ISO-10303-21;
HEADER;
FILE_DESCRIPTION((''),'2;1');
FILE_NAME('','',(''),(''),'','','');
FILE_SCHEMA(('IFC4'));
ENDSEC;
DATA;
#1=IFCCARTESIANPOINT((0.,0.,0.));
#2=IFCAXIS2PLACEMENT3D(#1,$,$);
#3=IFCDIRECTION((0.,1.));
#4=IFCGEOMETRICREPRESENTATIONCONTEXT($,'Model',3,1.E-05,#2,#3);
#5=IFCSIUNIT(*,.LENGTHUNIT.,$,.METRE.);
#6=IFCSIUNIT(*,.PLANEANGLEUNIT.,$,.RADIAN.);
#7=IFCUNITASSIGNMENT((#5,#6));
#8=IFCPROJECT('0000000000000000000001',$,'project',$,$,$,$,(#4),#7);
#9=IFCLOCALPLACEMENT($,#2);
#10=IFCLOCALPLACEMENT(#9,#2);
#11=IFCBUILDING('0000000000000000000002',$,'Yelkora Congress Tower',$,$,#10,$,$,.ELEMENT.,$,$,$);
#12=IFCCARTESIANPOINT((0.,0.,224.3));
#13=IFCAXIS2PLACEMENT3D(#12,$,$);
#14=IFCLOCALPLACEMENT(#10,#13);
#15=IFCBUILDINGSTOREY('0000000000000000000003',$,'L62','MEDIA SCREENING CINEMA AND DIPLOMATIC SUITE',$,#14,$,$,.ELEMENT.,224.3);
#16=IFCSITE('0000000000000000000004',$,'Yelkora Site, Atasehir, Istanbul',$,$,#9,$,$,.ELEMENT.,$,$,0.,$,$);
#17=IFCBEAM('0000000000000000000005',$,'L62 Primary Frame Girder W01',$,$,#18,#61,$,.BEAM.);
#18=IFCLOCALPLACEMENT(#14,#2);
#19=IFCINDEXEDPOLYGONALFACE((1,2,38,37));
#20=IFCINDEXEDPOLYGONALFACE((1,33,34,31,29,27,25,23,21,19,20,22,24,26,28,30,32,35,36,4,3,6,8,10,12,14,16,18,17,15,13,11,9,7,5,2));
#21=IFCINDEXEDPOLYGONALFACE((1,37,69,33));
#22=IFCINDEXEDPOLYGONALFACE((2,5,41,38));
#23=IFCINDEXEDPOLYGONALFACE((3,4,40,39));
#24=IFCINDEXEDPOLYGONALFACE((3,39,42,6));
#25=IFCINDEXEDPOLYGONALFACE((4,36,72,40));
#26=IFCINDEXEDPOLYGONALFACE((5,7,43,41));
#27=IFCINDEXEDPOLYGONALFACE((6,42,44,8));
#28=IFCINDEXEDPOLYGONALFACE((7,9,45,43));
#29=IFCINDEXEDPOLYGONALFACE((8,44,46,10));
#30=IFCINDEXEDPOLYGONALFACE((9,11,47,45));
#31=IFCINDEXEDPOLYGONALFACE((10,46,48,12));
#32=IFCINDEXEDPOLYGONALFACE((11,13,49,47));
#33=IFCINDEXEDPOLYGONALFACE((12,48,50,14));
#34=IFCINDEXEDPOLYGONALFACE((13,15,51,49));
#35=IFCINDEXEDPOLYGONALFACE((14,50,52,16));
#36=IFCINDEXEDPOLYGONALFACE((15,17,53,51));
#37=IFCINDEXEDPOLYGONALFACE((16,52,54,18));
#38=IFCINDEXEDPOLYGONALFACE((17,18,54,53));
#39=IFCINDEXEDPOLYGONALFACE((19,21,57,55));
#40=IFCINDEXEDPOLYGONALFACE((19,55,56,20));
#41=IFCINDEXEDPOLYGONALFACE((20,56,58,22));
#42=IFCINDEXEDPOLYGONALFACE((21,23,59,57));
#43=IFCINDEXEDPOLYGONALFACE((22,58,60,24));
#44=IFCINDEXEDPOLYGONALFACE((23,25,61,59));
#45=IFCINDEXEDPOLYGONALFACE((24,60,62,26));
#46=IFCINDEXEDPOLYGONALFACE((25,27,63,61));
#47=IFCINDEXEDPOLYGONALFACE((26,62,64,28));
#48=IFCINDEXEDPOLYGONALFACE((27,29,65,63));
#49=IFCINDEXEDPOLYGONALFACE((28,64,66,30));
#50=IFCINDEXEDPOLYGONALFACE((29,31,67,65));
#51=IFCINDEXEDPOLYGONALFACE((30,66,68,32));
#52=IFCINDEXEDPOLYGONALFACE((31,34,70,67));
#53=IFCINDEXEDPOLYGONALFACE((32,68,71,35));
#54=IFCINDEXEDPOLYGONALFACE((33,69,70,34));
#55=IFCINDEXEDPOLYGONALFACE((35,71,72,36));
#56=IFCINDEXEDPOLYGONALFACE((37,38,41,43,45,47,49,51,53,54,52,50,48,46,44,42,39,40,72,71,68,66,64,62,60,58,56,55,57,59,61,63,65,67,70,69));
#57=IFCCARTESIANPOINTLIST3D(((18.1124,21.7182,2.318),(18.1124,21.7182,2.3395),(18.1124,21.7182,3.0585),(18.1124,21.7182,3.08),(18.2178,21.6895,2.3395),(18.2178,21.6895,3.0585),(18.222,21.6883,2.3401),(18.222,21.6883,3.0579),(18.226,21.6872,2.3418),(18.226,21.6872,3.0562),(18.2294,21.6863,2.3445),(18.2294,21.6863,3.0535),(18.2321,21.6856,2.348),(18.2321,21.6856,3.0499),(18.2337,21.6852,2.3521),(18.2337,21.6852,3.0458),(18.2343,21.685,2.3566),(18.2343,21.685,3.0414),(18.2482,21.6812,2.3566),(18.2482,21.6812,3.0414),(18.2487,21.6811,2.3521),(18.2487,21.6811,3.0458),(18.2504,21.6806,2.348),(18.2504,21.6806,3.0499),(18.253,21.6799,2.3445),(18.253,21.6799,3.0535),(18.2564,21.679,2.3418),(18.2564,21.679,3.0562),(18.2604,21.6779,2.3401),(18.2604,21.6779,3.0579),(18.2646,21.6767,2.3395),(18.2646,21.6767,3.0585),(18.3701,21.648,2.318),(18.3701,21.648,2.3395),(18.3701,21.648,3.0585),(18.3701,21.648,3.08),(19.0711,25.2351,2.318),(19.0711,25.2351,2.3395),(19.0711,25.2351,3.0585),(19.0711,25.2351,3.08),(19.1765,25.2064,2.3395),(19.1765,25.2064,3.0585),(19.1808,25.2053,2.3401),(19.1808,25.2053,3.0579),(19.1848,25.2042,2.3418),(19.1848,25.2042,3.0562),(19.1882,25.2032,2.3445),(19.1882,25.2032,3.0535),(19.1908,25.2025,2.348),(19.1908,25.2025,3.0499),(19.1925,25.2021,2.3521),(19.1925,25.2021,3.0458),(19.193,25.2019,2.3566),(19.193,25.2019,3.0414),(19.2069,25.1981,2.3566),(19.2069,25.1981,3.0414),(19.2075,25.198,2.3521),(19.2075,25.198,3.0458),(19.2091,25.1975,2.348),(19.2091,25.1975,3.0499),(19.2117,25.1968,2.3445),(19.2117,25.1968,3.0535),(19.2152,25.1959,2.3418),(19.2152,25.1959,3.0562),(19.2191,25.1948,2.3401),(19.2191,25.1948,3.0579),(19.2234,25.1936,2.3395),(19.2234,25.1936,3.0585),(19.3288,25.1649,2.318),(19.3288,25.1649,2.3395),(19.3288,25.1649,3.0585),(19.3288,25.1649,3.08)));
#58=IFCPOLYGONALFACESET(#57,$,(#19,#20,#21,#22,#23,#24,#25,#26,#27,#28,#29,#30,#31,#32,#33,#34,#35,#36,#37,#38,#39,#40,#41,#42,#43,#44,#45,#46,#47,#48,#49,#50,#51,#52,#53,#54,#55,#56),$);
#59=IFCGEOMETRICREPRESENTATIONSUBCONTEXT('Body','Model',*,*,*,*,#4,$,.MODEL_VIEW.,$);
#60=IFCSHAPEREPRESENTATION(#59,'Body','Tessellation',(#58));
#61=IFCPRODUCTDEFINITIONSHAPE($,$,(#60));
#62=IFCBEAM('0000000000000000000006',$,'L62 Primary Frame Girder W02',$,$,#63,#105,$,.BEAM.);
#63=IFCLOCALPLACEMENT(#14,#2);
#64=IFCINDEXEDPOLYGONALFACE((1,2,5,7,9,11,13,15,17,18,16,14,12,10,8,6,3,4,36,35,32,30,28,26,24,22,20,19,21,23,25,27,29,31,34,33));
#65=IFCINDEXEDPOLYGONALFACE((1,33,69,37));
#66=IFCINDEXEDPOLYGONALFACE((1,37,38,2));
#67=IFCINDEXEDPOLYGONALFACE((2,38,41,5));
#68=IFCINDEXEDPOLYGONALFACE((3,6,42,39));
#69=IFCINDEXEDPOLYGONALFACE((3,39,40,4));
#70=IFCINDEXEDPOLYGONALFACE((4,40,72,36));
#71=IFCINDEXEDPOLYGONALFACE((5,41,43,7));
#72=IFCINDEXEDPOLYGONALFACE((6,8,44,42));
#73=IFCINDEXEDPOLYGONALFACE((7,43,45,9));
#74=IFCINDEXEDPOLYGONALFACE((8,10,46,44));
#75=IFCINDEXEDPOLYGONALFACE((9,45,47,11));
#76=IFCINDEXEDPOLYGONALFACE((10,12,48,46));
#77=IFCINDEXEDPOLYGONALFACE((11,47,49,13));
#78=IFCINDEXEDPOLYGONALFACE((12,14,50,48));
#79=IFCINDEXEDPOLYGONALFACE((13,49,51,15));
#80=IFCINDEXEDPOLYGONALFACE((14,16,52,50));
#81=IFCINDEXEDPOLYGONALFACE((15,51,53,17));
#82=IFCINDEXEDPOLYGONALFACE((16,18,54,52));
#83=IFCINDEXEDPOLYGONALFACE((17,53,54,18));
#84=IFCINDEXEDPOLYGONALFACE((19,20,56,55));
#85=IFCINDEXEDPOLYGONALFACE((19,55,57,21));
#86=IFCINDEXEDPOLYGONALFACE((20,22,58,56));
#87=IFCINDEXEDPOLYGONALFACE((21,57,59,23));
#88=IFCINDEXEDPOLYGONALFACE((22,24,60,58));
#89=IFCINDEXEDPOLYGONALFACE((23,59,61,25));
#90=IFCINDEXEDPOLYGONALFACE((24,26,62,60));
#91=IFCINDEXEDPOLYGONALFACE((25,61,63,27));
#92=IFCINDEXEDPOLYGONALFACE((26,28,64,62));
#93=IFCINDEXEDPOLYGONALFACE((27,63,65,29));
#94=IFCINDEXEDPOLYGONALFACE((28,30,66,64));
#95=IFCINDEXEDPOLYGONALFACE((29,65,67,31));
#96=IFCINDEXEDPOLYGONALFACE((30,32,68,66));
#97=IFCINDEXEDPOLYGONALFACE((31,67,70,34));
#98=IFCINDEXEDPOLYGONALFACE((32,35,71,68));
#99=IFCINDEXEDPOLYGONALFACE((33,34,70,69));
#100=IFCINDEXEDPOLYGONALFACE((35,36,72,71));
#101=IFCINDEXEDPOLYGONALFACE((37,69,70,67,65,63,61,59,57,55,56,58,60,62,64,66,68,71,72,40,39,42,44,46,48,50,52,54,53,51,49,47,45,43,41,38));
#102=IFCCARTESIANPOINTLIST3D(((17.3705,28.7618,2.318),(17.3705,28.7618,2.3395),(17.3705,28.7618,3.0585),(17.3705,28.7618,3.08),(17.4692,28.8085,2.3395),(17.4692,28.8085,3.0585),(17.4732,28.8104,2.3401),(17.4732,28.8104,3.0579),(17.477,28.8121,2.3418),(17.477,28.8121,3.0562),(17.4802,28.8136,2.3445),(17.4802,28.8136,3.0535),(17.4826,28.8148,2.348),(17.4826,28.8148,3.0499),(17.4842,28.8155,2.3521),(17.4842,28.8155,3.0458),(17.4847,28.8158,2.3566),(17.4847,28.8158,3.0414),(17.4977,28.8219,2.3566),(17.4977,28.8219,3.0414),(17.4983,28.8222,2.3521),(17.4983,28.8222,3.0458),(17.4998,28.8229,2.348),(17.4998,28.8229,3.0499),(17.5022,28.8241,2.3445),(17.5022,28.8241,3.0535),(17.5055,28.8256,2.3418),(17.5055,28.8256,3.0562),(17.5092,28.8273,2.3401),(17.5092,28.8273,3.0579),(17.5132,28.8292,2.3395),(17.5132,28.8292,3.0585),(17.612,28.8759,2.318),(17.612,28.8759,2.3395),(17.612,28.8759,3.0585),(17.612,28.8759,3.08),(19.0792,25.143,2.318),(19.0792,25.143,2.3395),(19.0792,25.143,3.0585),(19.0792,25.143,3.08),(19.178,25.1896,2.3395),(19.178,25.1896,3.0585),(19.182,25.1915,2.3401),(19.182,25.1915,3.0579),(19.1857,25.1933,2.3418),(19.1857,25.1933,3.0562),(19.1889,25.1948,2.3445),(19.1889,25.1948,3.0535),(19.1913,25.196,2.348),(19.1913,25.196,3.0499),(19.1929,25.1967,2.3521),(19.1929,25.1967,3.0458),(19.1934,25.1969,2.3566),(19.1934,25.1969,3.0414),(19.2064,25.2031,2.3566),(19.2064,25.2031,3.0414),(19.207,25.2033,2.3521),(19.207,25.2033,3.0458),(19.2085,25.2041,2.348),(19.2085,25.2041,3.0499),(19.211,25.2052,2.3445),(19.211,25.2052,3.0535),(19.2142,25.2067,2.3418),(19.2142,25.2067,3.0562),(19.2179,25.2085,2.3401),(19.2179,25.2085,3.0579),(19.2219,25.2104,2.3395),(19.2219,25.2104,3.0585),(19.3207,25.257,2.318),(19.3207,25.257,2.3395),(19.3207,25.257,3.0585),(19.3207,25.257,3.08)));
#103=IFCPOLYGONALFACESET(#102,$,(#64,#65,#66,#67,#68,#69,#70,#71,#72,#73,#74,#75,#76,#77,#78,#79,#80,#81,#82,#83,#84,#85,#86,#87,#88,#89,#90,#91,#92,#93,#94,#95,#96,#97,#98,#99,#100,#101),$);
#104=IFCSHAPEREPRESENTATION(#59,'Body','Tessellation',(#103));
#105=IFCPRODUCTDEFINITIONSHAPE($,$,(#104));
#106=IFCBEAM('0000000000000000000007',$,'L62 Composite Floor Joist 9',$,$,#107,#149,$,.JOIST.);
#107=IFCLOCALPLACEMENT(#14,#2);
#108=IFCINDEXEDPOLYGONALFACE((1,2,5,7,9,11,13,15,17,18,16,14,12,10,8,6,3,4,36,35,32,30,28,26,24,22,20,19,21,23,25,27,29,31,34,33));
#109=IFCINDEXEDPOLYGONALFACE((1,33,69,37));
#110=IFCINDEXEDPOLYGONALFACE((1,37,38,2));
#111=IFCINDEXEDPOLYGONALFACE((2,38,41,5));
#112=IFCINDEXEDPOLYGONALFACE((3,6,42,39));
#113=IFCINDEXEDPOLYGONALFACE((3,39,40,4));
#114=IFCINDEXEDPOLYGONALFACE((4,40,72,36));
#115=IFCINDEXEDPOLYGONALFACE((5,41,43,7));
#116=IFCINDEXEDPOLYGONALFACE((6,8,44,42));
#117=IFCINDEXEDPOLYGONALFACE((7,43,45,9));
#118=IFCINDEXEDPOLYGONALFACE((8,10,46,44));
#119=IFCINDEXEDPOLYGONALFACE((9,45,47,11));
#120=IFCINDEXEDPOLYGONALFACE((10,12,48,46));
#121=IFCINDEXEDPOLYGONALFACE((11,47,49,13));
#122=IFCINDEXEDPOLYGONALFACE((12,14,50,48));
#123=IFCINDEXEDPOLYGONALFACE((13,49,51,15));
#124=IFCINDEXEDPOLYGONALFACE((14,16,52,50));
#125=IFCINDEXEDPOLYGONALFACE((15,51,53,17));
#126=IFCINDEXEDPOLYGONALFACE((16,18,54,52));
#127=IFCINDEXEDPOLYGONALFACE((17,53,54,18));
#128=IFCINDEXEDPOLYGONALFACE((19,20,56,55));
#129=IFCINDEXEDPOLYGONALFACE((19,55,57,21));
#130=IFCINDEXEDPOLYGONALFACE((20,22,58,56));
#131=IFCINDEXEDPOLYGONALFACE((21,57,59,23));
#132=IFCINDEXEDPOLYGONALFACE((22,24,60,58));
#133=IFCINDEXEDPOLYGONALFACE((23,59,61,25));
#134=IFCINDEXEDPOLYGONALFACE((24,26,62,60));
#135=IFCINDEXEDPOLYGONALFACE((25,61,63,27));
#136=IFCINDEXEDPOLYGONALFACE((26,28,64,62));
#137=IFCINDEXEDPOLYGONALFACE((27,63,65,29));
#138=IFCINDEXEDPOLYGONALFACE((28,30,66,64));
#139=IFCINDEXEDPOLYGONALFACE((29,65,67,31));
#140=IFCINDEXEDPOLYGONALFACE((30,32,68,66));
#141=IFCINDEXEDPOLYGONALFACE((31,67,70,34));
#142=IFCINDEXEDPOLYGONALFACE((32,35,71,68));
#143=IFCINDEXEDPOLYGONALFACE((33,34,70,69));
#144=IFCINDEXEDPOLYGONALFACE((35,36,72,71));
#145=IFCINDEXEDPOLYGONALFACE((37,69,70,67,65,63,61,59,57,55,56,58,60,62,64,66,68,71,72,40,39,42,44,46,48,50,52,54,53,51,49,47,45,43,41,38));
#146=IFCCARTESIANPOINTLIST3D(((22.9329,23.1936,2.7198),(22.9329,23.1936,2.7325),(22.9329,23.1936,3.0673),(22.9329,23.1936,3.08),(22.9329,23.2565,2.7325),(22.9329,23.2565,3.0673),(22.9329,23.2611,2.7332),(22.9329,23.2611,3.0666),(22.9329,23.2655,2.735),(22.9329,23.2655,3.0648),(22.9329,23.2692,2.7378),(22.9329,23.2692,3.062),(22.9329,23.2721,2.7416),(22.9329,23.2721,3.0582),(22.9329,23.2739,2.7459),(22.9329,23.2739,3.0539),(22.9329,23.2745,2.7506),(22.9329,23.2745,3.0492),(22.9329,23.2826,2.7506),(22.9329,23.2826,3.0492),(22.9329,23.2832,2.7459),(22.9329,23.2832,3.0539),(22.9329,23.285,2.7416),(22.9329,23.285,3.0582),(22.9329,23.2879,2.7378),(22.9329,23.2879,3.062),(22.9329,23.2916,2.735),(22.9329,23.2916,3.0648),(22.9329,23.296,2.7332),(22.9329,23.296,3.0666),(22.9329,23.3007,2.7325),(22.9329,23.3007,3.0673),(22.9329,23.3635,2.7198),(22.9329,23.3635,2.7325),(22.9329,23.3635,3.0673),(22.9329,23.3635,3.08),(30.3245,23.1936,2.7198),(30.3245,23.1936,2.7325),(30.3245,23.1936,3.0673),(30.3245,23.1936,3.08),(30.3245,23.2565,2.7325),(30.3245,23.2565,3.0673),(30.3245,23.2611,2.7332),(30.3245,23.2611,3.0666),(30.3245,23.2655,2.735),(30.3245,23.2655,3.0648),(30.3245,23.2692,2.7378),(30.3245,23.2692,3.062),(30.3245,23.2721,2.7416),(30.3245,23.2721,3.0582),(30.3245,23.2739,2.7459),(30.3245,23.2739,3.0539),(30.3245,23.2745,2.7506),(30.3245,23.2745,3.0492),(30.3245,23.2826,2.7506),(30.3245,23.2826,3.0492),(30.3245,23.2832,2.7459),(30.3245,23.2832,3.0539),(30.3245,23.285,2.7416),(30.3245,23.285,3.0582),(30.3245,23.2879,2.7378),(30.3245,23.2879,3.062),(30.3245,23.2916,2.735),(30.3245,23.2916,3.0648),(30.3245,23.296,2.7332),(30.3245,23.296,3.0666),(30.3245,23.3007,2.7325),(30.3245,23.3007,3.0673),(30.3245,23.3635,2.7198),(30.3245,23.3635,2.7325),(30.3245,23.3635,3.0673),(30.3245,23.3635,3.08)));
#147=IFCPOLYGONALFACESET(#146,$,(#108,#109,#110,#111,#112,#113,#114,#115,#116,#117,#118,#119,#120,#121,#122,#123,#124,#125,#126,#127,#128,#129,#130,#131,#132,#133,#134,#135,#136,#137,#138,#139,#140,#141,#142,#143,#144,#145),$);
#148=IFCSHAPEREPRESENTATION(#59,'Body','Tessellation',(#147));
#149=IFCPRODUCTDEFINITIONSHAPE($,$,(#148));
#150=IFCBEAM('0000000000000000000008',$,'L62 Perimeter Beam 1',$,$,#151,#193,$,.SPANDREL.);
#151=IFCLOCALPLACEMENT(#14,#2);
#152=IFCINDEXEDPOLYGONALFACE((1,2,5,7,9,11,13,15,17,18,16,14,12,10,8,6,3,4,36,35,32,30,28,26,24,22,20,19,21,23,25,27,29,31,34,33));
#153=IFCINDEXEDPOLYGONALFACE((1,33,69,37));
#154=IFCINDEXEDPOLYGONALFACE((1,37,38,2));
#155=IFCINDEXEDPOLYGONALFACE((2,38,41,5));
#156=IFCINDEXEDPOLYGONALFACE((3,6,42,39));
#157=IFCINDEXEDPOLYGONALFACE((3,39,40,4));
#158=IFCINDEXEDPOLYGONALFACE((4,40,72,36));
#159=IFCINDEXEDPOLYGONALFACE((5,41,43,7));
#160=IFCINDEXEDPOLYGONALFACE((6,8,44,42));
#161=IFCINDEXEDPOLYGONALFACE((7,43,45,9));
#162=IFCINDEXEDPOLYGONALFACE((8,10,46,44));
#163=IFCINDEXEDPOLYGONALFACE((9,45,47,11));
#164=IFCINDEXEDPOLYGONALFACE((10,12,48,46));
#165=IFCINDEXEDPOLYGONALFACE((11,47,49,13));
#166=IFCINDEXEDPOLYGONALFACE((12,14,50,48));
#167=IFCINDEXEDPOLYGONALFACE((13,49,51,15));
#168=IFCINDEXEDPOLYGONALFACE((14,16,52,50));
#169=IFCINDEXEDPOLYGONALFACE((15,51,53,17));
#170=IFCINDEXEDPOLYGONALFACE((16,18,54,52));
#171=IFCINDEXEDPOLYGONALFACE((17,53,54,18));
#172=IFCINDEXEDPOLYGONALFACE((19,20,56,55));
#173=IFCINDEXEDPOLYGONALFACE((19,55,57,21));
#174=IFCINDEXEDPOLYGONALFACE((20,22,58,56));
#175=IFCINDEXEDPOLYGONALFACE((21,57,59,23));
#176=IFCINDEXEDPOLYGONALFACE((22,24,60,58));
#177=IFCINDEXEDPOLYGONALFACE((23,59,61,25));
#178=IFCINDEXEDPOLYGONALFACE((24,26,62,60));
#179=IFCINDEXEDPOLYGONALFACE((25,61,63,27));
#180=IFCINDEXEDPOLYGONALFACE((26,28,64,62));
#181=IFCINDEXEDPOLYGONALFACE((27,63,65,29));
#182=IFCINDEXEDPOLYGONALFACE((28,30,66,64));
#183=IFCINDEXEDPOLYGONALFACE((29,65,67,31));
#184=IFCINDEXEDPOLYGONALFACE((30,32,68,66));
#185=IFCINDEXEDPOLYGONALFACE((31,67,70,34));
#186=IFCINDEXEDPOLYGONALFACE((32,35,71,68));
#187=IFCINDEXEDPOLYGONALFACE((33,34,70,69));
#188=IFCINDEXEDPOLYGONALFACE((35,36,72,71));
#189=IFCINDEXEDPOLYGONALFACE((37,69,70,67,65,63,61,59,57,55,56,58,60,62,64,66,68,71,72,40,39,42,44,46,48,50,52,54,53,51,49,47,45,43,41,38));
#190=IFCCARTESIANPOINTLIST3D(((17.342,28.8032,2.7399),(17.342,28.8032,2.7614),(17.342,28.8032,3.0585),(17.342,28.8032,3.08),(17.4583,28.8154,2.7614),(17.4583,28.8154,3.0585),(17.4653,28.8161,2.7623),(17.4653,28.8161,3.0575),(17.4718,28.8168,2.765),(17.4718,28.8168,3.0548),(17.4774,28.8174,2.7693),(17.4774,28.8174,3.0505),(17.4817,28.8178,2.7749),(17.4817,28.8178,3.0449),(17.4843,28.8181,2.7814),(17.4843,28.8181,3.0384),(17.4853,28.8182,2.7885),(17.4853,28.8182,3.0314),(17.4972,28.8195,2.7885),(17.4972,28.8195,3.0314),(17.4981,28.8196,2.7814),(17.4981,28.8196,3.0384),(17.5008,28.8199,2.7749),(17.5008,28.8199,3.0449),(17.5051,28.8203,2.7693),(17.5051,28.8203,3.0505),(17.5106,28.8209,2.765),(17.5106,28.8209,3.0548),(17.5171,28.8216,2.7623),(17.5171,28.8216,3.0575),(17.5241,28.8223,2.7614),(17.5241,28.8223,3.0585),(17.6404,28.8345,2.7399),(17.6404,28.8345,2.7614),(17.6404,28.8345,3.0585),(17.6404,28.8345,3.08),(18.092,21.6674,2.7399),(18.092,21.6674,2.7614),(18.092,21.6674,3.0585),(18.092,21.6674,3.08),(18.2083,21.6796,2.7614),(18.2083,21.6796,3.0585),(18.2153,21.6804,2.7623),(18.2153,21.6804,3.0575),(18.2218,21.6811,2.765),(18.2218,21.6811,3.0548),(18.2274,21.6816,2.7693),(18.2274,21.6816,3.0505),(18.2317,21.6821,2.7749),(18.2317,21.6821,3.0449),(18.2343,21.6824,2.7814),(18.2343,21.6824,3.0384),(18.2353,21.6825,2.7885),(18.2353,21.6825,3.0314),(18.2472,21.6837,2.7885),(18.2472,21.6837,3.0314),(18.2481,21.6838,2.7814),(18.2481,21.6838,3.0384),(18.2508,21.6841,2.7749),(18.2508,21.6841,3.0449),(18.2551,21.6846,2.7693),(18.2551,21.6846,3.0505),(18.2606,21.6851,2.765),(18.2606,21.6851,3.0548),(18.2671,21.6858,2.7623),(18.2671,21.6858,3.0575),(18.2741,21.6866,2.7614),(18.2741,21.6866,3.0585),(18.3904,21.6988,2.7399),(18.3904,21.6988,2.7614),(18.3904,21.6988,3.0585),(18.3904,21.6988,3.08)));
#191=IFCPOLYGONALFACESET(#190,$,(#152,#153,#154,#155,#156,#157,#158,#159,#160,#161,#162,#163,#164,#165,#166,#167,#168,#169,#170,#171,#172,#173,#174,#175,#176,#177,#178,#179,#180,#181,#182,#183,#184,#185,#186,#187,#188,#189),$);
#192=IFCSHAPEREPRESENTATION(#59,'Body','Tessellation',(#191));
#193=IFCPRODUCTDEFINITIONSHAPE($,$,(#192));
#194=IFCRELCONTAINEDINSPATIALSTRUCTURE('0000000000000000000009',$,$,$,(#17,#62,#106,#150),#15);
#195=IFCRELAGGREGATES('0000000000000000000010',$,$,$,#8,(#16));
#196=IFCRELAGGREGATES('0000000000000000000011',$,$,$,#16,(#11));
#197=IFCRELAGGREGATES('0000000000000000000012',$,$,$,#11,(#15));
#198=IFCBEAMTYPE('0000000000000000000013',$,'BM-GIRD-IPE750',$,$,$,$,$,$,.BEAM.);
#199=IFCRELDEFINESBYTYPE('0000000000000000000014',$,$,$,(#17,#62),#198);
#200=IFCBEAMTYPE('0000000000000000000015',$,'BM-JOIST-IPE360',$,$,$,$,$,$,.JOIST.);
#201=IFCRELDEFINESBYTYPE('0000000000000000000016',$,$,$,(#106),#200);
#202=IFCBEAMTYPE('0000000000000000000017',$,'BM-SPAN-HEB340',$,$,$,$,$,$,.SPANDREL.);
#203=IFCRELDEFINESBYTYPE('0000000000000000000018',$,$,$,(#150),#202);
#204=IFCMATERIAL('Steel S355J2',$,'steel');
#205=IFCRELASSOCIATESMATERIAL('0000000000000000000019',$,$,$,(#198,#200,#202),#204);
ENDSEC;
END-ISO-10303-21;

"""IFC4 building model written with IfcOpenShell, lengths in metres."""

from ifc_helpers import new_model, si_unit, direction, frame, origin, origin_2d, place, context, subcontext, project, spatial, i_section, extrude, material, material_profile, profile_set, type_object, element, save


model = new_model("IFC4")

# Units and contexts
model_context = context("Model", 3, precision=1e-05, world=origin(), true_north=direction((0.0, 1.0)))
body_context = subcontext(model_context, "Body", "Model", "MODEL_VIEW")
ifc_project = project(units=[si_unit("LENGTHUNIT", "METRE"), si_unit("PLANEANGLEUNIT", "RADIAN")], contexts=[model_context])

# Site, building, storey
site_placement = place(None, origin())
site = spatial("IfcSite", under=ifc_project, at=site_placement, Name="Yelkora Site, Atasehir, Istanbul", CompositionType="ELEMENT", RefElevation=0.0)
building_placement = place(site_placement, origin())
building = spatial("IfcBuilding", under=site, at=building_placement, Name="Yelkora Congress Tower", CompositionType="ELEMENT")
storey_placement = place(building_placement, frame((0.0, 0.0, 224.3)))
storey = spatial("IfcBuildingStorey", under=building, at=storey_placement, Name="L62", Description="MEDIA SCREENING CINEMA AND DIPLOMATIC SUITE", CompositionType="ELEMENT", Elevation=224.3)

# Shared definitions
ifc_material_1 = material(Name="Steel S355J2", Category="steel")

# Beams
ifc_material_profile_1 = material_profile(ifc_material_1, i_section(OverallWidth=0.2671, OverallDepth=0.762, WebThickness=0.0144, FlangeThickness=0.0215, FilletRadius=0.0171, at=origin_2d()), Name="IPE 750x173")
ifc_profile_set_1 = profile_set([ifc_material_profile_1], Name="Steel S355J2")
beam_type_1 = type_object("IfcBeamType", Name="BM-GIRD-IPE750", PredefinedType="BEAM", material=ifc_profile_set_1)
beam_1_placement = place(storey_placement, frame((18.2412, 21.6831, 2.699), z_axis=(0.263015, 0.964792, 0.0), x_axis=(-0.964792, 0.263015, 0.0)))
element("IfcBeam", 1, at=beam_1_placement, inside=storey, type_object=beam_type_1, Name="L62 Primary Frame Girder W01", PredefinedType="BEAM", context=body_context, shape_type="SweptSolid", body=[
    extrude(i_section(OverallWidth=0.2671, OverallDepth=0.762, WebThickness=0.0144, FlangeThickness=0.0215, FilletRadius=0.0171, at=origin_2d()), origin(), (0.0, 0.0, 1.0), 3.6453),
])
beam_2_placement = place(storey_placement, frame((17.4912, 28.8188, 2.699), z_axis=(0.426969, -0.904266, 0.0), x_axis=(0.904266, 0.426969, 0.0)))
element("IfcBeam", 2, at=beam_2_placement, inside=storey, type_object=beam_type_1, Name="L62 Primary Frame Girder W02", PredefinedType="BEAM", context=body_context, shape_type="SweptSolid", body=[
    extrude(i_section(OverallWidth=0.2671, OverallDepth=0.762, WebThickness=0.0144, FlangeThickness=0.0215, FilletRadius=0.0171, at=origin_2d()), origin(), (0.0, 0.0, 1.0), 4.002),
])
ifc_material_profile_2 = material_profile(ifc_material_1, i_section(OverallWidth=0.1699, OverallDepth=0.3601, WebThickness=0.0081, FlangeThickness=0.0127, FilletRadius=0.0181, at=origin_2d()), Name="IPE 360")
ifc_profile_set_2 = profile_set([ifc_material_profile_2], Name="Steel S355J2")
beam_type_2 = type_object("IfcBeamType", Name="BM-JOIST-IPE360", PredefinedType="JOIST", material=ifc_profile_set_2)
beam_3_placement = place(storey_placement, frame((22.9329, 23.2786, 2.8999), z_axis=(1.0, 0.0, 0.0), x_axis=(0.0, 1.0, 0.0)))
element("IfcBeam", 3, at=beam_3_placement, inside=storey, type_object=beam_type_2, Name="L62 Composite Floor Joist 9", PredefinedType="JOIST", context=body_context, shape_type="SweptSolid", body=[
    extrude(i_section(OverallWidth=0.1699, OverallDepth=0.3601, WebThickness=0.0081, FlangeThickness=0.0127, FilletRadius=0.0181, at=origin_2d()), origin(), (0.0, 0.0, 1.0), 7.3916),
])
ifc_material_profile_3 = material_profile(ifc_material_1, i_section(OverallWidth=0.3, OverallDepth=0.3401, WebThickness=0.012, FlangeThickness=0.0215, FilletRadius=0.0271, at=origin_2d()), Name="HEB 340")
ifc_profile_set_3 = profile_set([ifc_material_profile_3], Name="Steel S355J2")
beam_type_3 = type_object("IfcBeamType", Name="BM-SPAN-HEB340", PredefinedType="SPANDREL", material=ifc_profile_set_3)
beam_4_placement = place(storey_placement, frame((17.4912, 28.8188, 2.9099), z_axis=(0.104529, -0.994522, 0.0), x_axis=(0.994522, 0.104529, 0.0)))
element("IfcBeam", 4, at=beam_4_placement, inside=storey, type_object=beam_type_3, Name="L62 Perimeter Beam 1", PredefinedType="SPANDREL", context=body_context, shape_type="SweptSolid", body=[
    extrude(i_section(OverallWidth=0.3, OverallDepth=0.3401, WebThickness=0.012, FlangeThickness=0.0215, FilletRadius=0.0271, at=origin_2d()), origin(), (0.0, 0.0, 1.0), 7.175),
])

save(model, "model.ifc")
